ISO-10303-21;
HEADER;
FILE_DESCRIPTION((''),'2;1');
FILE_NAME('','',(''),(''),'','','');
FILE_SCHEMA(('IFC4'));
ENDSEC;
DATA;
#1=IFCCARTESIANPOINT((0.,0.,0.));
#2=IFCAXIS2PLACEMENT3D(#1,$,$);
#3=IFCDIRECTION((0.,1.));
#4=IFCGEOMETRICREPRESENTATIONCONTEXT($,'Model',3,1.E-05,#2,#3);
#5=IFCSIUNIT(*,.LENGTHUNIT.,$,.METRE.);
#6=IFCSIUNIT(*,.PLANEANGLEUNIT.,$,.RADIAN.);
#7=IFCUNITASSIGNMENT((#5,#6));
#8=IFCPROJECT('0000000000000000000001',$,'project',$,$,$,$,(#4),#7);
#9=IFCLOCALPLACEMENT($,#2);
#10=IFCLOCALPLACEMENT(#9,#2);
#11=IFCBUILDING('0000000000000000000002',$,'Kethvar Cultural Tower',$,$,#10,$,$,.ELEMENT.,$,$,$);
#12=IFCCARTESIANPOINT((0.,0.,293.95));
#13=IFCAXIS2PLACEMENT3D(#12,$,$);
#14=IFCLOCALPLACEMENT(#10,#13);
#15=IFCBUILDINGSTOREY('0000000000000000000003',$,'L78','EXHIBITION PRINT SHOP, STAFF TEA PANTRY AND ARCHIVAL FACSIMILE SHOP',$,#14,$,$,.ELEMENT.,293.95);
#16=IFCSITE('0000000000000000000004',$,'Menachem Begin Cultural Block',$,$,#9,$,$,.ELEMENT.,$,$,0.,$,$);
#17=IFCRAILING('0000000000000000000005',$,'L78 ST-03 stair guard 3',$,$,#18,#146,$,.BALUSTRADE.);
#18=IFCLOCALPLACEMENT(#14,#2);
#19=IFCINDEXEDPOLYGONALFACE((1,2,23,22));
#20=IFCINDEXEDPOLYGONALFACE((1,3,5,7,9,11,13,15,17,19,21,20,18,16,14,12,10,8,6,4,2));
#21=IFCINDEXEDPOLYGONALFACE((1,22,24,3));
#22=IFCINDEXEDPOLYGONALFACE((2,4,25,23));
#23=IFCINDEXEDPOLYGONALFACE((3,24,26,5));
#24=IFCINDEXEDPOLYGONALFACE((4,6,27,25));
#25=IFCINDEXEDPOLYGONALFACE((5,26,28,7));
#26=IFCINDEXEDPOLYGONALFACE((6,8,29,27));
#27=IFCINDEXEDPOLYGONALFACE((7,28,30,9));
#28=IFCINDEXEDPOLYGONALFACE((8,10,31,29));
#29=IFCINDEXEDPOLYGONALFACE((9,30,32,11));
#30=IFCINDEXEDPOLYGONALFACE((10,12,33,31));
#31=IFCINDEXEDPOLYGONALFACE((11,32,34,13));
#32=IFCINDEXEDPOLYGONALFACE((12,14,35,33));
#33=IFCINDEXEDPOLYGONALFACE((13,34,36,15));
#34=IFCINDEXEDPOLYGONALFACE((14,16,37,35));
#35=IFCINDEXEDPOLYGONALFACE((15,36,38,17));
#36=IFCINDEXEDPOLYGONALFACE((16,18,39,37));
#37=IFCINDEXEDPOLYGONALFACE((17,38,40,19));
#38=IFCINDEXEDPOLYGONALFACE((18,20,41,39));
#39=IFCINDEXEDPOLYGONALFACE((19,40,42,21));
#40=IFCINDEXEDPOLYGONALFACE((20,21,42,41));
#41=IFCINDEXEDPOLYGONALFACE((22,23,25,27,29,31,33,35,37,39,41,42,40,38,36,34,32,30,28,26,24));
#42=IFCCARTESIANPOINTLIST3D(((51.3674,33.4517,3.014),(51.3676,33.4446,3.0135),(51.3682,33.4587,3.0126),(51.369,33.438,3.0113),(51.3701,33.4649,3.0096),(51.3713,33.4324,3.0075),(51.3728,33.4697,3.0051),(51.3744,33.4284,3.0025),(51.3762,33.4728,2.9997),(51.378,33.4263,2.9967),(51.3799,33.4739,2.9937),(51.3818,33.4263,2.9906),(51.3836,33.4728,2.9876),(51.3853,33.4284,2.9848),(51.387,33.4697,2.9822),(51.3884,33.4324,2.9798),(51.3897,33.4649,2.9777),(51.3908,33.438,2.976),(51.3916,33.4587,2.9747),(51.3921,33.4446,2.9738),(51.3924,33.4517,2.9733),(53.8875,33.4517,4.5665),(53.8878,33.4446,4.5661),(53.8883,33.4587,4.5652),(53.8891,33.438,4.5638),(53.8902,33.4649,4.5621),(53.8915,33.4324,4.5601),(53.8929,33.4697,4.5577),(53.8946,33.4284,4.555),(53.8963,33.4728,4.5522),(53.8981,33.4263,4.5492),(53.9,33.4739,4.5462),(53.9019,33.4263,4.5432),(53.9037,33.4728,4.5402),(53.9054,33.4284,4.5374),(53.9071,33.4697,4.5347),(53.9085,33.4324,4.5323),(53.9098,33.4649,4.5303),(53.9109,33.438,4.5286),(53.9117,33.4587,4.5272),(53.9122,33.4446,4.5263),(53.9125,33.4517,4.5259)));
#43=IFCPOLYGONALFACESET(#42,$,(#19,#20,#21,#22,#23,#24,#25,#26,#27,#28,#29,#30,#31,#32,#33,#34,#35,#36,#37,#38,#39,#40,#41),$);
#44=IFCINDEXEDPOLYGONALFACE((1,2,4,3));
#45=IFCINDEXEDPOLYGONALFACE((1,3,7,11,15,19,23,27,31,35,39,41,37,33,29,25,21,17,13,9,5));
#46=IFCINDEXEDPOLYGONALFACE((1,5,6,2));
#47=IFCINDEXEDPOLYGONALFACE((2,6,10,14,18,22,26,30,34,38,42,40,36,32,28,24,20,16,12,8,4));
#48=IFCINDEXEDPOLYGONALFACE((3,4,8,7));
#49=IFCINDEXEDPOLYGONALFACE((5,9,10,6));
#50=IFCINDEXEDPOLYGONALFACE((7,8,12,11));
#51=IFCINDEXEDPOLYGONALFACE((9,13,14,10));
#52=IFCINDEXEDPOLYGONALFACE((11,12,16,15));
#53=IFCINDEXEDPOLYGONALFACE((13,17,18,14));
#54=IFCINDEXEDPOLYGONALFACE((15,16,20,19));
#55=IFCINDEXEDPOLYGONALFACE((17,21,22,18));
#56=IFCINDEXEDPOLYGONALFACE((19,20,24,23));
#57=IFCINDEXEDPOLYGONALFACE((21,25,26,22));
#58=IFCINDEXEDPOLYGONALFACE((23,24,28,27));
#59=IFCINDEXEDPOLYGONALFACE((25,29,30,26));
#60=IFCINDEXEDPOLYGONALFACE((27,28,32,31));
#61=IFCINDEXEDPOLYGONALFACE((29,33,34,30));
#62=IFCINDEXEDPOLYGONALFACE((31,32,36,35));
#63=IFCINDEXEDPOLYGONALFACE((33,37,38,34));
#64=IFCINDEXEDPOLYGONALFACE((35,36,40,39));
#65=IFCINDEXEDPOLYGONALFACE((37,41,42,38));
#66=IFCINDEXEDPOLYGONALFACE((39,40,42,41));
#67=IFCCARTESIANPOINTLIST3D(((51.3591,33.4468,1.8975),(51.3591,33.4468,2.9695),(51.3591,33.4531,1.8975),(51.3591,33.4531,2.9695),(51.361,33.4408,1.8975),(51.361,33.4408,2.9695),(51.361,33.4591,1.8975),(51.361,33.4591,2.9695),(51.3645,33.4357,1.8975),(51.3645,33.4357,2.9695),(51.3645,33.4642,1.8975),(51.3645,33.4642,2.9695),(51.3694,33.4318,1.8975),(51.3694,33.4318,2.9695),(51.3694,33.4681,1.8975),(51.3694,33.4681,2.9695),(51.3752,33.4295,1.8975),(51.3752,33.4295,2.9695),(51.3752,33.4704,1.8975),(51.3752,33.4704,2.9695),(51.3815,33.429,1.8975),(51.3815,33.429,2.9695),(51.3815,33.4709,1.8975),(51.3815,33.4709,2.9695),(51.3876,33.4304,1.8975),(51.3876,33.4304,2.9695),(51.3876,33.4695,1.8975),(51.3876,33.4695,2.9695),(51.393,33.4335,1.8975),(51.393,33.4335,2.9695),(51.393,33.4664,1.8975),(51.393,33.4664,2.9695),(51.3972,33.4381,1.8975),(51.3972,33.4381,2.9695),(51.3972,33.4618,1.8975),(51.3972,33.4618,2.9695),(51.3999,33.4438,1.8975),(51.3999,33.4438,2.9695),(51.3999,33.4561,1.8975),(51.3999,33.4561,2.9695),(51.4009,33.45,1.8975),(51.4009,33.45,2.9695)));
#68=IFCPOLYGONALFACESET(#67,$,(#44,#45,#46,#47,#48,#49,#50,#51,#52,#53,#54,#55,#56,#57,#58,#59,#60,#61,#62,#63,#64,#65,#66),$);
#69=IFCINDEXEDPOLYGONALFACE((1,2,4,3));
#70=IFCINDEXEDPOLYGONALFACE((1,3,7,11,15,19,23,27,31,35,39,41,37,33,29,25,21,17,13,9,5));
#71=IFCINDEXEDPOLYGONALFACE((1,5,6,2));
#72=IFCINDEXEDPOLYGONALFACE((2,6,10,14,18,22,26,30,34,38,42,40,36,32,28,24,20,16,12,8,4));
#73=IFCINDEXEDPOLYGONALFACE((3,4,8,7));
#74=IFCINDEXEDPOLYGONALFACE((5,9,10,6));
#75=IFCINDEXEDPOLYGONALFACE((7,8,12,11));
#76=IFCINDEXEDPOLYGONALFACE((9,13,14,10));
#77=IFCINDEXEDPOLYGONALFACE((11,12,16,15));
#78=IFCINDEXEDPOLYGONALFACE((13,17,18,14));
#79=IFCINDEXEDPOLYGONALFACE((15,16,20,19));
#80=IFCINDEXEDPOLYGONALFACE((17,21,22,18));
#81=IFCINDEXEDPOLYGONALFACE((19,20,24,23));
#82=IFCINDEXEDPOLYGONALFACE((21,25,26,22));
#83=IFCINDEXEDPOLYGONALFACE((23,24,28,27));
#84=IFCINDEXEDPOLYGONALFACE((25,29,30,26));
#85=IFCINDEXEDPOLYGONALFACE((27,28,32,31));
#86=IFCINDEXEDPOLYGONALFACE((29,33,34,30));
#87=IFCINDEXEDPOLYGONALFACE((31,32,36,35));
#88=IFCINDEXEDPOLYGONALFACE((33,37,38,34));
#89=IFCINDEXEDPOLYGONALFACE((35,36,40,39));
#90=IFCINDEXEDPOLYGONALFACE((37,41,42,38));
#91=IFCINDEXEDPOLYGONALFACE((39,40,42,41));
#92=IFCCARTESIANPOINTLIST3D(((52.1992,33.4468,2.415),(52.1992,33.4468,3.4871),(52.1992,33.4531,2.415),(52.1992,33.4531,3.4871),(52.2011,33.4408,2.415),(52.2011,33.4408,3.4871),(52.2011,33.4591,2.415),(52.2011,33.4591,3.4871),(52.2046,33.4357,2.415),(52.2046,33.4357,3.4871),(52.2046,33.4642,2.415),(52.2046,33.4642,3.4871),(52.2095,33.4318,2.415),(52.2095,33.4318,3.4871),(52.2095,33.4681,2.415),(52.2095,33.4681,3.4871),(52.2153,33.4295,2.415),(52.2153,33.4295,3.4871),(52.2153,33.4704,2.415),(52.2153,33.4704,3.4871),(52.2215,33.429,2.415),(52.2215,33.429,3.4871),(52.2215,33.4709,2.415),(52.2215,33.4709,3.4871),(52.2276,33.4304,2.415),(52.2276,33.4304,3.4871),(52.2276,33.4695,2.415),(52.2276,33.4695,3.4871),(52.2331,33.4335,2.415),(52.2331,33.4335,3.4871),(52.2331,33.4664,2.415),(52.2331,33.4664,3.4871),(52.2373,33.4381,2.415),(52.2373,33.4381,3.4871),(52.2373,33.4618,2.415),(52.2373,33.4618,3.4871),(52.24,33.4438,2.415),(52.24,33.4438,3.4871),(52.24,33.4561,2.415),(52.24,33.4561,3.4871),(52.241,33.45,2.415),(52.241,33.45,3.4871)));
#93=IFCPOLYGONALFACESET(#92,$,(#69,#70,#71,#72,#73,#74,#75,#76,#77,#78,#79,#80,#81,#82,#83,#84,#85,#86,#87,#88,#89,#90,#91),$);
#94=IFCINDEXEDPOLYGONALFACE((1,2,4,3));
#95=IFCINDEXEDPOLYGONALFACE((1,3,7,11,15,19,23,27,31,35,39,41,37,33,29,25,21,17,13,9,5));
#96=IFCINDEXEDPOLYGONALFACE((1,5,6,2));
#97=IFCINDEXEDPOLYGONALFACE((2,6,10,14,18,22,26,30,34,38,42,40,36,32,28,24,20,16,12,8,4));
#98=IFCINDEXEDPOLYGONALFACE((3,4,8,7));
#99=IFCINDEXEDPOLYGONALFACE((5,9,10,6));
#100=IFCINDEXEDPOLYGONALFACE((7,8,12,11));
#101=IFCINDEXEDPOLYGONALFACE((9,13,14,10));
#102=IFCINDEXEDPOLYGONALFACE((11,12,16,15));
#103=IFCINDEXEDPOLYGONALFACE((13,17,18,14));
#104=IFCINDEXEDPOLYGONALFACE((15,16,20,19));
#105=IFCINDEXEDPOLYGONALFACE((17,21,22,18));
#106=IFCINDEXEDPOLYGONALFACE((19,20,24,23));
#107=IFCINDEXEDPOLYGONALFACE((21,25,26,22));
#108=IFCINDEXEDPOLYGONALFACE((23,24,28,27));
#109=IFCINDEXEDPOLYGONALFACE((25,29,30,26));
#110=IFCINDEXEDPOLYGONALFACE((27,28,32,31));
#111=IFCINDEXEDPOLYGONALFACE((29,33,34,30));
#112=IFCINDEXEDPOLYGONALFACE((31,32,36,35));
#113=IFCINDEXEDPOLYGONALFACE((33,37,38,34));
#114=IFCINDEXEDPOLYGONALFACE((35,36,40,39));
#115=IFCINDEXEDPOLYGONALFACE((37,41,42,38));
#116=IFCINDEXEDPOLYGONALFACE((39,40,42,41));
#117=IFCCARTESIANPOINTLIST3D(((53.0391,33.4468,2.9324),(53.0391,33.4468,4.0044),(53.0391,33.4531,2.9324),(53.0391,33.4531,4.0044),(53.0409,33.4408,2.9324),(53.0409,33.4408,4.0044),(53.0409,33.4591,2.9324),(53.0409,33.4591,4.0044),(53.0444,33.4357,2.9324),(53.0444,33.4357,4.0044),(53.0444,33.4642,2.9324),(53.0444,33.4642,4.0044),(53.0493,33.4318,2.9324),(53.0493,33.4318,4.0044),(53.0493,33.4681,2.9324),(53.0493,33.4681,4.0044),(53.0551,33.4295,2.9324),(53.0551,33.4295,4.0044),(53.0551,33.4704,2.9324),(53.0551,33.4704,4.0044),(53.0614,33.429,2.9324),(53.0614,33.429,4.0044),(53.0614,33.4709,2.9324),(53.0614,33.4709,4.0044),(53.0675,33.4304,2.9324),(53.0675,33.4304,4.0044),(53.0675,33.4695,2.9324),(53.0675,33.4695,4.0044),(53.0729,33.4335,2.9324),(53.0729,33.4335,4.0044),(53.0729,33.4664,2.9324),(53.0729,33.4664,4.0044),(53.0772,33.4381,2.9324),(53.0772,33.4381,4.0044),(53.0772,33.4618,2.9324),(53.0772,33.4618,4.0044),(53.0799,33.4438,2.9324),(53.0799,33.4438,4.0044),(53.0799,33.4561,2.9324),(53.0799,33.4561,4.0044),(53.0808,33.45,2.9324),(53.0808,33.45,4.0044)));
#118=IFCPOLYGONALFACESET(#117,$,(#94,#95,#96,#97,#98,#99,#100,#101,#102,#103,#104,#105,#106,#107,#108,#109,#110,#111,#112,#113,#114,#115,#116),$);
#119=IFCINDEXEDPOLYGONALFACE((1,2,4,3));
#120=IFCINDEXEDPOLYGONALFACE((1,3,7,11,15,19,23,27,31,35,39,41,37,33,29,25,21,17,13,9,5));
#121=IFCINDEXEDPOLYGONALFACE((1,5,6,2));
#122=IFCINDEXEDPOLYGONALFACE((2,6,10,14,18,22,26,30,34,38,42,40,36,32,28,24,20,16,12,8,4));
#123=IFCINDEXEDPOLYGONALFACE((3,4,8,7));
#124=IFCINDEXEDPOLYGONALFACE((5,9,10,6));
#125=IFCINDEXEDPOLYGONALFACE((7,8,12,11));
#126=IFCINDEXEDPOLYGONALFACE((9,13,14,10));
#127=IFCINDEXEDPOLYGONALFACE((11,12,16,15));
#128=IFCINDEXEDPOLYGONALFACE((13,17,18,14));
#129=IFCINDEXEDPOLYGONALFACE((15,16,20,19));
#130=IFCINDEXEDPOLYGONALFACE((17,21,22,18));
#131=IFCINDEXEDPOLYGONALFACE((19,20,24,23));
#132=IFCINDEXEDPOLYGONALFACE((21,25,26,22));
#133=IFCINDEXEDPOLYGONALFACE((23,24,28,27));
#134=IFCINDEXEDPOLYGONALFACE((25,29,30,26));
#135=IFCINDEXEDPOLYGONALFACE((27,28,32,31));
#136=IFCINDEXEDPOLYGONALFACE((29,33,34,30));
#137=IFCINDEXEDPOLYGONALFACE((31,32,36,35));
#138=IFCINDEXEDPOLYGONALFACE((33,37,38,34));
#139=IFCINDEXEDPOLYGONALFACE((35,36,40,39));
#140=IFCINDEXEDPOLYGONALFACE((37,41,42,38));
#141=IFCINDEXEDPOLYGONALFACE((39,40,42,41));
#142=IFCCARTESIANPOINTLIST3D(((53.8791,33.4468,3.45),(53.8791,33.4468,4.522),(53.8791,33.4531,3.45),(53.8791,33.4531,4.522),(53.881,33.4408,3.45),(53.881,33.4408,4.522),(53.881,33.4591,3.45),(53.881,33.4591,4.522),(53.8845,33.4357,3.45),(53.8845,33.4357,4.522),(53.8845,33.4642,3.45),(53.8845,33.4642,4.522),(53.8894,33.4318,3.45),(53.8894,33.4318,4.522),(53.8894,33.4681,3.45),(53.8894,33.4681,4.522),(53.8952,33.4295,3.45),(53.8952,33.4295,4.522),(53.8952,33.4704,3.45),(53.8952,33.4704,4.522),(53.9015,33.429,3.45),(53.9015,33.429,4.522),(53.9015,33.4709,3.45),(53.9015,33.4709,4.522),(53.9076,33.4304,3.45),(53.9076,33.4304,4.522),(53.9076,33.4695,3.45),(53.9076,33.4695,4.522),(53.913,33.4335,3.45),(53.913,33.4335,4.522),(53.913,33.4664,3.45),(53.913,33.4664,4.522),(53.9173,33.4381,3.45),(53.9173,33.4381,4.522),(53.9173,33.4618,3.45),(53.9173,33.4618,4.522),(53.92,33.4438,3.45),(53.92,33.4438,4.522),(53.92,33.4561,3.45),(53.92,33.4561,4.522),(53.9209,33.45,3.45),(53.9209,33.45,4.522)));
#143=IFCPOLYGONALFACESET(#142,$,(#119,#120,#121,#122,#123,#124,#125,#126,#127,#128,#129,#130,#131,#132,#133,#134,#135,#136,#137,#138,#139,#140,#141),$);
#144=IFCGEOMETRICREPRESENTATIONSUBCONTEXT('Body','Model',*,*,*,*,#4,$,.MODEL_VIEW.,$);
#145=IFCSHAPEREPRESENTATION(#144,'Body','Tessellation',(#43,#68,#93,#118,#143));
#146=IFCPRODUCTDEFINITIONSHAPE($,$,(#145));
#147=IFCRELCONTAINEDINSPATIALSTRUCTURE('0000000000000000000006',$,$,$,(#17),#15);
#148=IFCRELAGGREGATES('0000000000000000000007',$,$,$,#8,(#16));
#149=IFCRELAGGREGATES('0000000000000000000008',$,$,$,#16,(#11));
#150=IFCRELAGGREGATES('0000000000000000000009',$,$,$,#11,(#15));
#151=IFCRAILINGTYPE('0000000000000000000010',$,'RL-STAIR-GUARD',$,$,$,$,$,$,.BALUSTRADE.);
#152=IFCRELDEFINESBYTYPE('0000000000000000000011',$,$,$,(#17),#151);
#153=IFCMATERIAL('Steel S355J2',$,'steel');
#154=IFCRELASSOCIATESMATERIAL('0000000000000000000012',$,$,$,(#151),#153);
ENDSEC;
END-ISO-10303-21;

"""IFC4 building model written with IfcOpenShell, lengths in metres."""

from ifc_helpers import new_model, si_unit, direction, frame, origin, origin_2d, place, context, subcontext, project, spatial, circle, extrude, material, type_object, element, save


model = new_model("IFC4")

# Units and contexts
model_context = context("Model", 3, precision=1e-05, world=origin(), true_north=direction((0.0, 1.0)))
body_context = subcontext(model_context, "Body", "Model", "MODEL_VIEW")
ifc_project = project(units=[si_unit("LENGTHUNIT", "METRE"), si_unit("PLANEANGLEUNIT", "RADIAN")], contexts=[model_context])

# Site, building, storey
site_placement = place(None, origin())
site = spatial("IfcSite", under=ifc_project, at=site_placement, Name="Menachem Begin Cultural Block", CompositionType="ELEMENT", RefElevation=0.0)
building_placement = place(site_placement, origin())
building = spatial("IfcBuilding", under=site, at=building_placement, Name="Kethvar Cultural Tower", CompositionType="ELEMENT")
storey_placement = place(building_placement, frame((0.0, 0.0, 293.95)))
storey = spatial("IfcBuildingStorey", under=building, at=storey_placement, Name="L78", Description="EXHIBITION PRINT SHOP, STAFF TEA PANTRY AND ARCHIVAL FACSIMILE SHOP", CompositionType="ELEMENT", Elevation=293.95)

# Shared definitions
ifc_material_1 = material(Name="Steel S355J2", Category="steel")

# Railing
railing_type_1 = type_object("IfcRailingType", Name="RL-STAIR-GUARD", PredefinedType="BALUSTRADE", material=ifc_material_1)
railing_1_placement = place(storey_placement, frame((51.3799, 33.45, 1.8975)))
element("IfcRailing", 1, at=railing_1_placement, inside=storey, type_object=railing_type_1, Name="L78 ST-03 stair guard 3", PredefinedType="BALUSTRADE", context=body_context, shape_type="SweptSolid", body=[
    extrude(circle(Radius=0.0239, at=origin_2d()), frame((0.0, 0.0, 1.0962), z_axis=(0.8514, 0.0, 0.524516), x_axis=(0.0, 1.0, 0.0)), (0.0, 0.0, 1.0), 2.96),
    extrude(circle(Radius=0.021, at=origin_2d()), origin(), (0.0, 0.0, 1.0), 1.072),
    extrude(circle(Radius=0.021, at=origin_2d()), frame((0.8401, 0.0, 0.5176)), (0.0, 0.0, 1.0), 1.072),
    extrude(circle(Radius=0.021, at=origin_2d()), frame((1.6799, 0.0, 1.0349)), (0.0, 0.0, 1.0), 1.072),
    extrude(circle(Radius=0.021, at=origin_2d()), frame((2.52, 0.0, 1.5525)), (0.0, 0.0, 1.0), 1.072),
])

save(model, "model.ifc")
